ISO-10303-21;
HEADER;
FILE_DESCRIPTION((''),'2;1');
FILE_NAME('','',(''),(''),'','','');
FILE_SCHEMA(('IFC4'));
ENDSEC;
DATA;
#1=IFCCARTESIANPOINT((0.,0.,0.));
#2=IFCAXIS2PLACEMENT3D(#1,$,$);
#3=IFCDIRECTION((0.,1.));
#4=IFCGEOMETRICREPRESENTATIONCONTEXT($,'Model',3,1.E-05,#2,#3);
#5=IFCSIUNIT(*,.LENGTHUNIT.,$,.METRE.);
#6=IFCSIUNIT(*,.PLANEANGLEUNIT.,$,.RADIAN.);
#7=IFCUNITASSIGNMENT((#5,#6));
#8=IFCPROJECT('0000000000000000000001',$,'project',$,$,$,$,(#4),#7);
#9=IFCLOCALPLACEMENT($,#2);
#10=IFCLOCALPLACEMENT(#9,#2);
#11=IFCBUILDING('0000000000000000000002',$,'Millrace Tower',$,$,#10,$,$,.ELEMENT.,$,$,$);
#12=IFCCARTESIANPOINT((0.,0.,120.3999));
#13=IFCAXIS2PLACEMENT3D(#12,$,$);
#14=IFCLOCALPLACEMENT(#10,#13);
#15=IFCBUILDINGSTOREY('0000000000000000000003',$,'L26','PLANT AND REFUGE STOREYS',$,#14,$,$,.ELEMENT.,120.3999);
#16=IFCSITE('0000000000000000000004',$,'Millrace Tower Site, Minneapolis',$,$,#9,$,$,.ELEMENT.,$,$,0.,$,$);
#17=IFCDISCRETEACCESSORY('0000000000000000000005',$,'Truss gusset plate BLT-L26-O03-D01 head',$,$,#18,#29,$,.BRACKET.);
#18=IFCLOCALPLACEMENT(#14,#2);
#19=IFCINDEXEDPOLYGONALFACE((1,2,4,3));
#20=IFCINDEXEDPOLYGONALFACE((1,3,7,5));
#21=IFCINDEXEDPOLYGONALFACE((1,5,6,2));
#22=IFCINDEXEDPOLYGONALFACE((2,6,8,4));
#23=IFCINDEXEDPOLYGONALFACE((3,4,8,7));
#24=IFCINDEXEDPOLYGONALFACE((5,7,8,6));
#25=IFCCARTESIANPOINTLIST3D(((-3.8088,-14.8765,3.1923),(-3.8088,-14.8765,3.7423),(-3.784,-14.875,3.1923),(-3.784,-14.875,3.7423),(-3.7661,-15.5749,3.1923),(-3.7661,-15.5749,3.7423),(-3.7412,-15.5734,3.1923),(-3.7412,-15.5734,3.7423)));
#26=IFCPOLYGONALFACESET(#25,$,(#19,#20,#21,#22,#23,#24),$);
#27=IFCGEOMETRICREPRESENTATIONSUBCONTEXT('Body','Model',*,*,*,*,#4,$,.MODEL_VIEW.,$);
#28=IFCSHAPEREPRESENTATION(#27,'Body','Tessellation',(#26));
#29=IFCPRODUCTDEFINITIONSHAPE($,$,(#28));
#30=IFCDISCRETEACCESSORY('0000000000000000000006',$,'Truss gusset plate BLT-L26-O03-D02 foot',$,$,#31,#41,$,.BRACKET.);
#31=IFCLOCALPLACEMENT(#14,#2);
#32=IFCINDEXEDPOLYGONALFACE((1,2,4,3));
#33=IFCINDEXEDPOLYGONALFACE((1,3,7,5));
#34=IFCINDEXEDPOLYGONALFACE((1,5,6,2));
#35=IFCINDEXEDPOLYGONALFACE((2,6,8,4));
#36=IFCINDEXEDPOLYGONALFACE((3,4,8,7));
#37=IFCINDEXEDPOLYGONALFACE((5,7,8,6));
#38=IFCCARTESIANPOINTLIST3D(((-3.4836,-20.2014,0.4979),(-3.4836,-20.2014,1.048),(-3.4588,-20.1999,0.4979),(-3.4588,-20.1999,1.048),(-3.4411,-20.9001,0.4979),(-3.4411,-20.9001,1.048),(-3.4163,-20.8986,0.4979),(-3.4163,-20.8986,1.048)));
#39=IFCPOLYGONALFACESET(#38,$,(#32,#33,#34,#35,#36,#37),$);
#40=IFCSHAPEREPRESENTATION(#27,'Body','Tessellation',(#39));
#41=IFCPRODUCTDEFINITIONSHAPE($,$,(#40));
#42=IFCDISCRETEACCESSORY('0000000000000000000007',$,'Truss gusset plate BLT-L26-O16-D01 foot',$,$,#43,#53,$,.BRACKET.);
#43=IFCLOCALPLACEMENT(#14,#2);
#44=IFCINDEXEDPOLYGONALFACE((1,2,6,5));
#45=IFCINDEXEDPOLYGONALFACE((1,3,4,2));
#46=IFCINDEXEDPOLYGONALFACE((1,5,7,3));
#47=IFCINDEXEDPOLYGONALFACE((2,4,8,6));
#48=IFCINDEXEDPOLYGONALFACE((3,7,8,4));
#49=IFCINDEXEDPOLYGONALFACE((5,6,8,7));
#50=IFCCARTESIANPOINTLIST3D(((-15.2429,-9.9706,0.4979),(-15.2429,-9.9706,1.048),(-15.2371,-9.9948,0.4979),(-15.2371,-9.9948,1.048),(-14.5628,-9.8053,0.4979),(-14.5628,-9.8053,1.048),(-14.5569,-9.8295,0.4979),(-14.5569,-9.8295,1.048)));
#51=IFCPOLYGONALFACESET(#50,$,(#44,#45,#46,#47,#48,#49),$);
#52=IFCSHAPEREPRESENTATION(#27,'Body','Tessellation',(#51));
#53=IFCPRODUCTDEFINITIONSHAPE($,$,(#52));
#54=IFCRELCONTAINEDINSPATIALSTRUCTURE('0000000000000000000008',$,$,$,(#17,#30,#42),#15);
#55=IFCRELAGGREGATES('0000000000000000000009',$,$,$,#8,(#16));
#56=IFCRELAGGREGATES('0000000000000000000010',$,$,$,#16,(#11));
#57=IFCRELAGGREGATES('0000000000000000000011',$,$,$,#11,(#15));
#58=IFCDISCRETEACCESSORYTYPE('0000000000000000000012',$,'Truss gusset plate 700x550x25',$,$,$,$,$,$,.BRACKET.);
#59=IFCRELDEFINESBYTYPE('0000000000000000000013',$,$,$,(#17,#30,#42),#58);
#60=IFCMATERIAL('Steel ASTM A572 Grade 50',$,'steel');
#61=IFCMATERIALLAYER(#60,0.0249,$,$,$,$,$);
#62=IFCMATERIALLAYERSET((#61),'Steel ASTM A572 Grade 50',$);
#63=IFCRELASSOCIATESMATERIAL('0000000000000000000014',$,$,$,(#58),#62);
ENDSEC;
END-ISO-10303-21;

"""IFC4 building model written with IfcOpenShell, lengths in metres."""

from ifc_helpers import new_model, si_unit, direction, frame, origin, origin_2d, place, context, subcontext, project, spatial, rectangle, extrude, material, layer, layer_set, type_object, element, save


model = new_model("IFC4")

# Units and contexts
model_context = context("Model", 3, precision=1e-05, world=origin(), true_north=direction((0.0, 1.0)))
body_context = subcontext(model_context, "Body", "Model", "MODEL_VIEW")
ifc_project = project(units=[si_unit("LENGTHUNIT", "METRE"), si_unit("PLANEANGLEUNIT", "RADIAN")], contexts=[model_context])

# Site, building, storey
site_placement = place(None, origin())
site = spatial("IfcSite", under=ifc_project, at=site_placement, Name="Millrace Tower Site, Minneapolis", CompositionType="ELEMENT", RefElevation=0.0)
building_placement = place(site_placement, origin())
building = spatial("IfcBuilding", under=site, at=building_placement, Name="Millrace Tower", CompositionType="ELEMENT")
storey_placement = place(building_placement, frame((0.0, 0.0, 120.3999)))
storey = spatial("IfcBuildingStorey", under=building, at=storey_placement, Name="L26", Description="PLANT AND REFUGE STOREYS", CompositionType="ELEMENT", Elevation=120.3999)

# Discrete accessories
ifc_material_1 = material(Name="Steel ASTM A572 Grade 50", Category="steel")
ifc_layer_1 = layer(ifc_material_1, 0.0249)
ifc_layer_set_1 = layer_set([ifc_layer_1], Name="Steel ASTM A572 Grade 50")
discrete_accessory_type_1 = type_object("IfcDiscreteAccessoryType", Name="Truss gusset plate 700x550x25", PredefinedType="BRACKET", material=ifc_layer_set_1)
discrete_accessory_1_placement = place(storey_placement, frame((-3.7964, -14.8757, 3.4673), z_axis=(0.061053, -0.998135, 0.0), x_axis=(0.998135, 0.061053, 0.0)))
element("IfcDiscreteAccessory", 1, at=discrete_accessory_1_placement, inside=storey, type_object=discrete_accessory_type_1, Name="Truss gusset plate BLT-L26-O03-D01 head", PredefinedType="BRACKET", context=body_context, shape_type="SweptSolid", body=[
    extrude(rectangle(XDim=0.0249, YDim=0.55, at=origin_2d()), origin(), (0.0, 0.0, 1.0), 0.6997),
])
for number, where, z_axis, x_axis, name in (
    (2, (-3.4712, -20.2007, 0.7729), (0.060685, -0.998157, 0.0), (0.998157, 0.060685, 0.0), "Truss gusset plate BLT-L26-O03-D02 foot"),
    (3, (-15.24, -9.9827, 0.7729), (0.971722, 0.236129, 0.0), (-0.236129, 0.971722, 0.0), "Truss gusset plate BLT-L26-O16-D01 foot"),
):
    element("IfcDiscreteAccessory", number, at=place(storey_placement, frame(where, z_axis=z_axis, x_axis=x_axis)), inside=storey, type_object=discrete_accessory_type_1, Name=name, PredefinedType="BRACKET", context=body_context, shape_type="SweptSolid", body=[
        extrude(rectangle(XDim=0.0249, YDim=0.55, at=origin_2d()), origin(), (0.0, 0.0, 1.0), 0.7),
    ])

save(model, "model.ifc")
